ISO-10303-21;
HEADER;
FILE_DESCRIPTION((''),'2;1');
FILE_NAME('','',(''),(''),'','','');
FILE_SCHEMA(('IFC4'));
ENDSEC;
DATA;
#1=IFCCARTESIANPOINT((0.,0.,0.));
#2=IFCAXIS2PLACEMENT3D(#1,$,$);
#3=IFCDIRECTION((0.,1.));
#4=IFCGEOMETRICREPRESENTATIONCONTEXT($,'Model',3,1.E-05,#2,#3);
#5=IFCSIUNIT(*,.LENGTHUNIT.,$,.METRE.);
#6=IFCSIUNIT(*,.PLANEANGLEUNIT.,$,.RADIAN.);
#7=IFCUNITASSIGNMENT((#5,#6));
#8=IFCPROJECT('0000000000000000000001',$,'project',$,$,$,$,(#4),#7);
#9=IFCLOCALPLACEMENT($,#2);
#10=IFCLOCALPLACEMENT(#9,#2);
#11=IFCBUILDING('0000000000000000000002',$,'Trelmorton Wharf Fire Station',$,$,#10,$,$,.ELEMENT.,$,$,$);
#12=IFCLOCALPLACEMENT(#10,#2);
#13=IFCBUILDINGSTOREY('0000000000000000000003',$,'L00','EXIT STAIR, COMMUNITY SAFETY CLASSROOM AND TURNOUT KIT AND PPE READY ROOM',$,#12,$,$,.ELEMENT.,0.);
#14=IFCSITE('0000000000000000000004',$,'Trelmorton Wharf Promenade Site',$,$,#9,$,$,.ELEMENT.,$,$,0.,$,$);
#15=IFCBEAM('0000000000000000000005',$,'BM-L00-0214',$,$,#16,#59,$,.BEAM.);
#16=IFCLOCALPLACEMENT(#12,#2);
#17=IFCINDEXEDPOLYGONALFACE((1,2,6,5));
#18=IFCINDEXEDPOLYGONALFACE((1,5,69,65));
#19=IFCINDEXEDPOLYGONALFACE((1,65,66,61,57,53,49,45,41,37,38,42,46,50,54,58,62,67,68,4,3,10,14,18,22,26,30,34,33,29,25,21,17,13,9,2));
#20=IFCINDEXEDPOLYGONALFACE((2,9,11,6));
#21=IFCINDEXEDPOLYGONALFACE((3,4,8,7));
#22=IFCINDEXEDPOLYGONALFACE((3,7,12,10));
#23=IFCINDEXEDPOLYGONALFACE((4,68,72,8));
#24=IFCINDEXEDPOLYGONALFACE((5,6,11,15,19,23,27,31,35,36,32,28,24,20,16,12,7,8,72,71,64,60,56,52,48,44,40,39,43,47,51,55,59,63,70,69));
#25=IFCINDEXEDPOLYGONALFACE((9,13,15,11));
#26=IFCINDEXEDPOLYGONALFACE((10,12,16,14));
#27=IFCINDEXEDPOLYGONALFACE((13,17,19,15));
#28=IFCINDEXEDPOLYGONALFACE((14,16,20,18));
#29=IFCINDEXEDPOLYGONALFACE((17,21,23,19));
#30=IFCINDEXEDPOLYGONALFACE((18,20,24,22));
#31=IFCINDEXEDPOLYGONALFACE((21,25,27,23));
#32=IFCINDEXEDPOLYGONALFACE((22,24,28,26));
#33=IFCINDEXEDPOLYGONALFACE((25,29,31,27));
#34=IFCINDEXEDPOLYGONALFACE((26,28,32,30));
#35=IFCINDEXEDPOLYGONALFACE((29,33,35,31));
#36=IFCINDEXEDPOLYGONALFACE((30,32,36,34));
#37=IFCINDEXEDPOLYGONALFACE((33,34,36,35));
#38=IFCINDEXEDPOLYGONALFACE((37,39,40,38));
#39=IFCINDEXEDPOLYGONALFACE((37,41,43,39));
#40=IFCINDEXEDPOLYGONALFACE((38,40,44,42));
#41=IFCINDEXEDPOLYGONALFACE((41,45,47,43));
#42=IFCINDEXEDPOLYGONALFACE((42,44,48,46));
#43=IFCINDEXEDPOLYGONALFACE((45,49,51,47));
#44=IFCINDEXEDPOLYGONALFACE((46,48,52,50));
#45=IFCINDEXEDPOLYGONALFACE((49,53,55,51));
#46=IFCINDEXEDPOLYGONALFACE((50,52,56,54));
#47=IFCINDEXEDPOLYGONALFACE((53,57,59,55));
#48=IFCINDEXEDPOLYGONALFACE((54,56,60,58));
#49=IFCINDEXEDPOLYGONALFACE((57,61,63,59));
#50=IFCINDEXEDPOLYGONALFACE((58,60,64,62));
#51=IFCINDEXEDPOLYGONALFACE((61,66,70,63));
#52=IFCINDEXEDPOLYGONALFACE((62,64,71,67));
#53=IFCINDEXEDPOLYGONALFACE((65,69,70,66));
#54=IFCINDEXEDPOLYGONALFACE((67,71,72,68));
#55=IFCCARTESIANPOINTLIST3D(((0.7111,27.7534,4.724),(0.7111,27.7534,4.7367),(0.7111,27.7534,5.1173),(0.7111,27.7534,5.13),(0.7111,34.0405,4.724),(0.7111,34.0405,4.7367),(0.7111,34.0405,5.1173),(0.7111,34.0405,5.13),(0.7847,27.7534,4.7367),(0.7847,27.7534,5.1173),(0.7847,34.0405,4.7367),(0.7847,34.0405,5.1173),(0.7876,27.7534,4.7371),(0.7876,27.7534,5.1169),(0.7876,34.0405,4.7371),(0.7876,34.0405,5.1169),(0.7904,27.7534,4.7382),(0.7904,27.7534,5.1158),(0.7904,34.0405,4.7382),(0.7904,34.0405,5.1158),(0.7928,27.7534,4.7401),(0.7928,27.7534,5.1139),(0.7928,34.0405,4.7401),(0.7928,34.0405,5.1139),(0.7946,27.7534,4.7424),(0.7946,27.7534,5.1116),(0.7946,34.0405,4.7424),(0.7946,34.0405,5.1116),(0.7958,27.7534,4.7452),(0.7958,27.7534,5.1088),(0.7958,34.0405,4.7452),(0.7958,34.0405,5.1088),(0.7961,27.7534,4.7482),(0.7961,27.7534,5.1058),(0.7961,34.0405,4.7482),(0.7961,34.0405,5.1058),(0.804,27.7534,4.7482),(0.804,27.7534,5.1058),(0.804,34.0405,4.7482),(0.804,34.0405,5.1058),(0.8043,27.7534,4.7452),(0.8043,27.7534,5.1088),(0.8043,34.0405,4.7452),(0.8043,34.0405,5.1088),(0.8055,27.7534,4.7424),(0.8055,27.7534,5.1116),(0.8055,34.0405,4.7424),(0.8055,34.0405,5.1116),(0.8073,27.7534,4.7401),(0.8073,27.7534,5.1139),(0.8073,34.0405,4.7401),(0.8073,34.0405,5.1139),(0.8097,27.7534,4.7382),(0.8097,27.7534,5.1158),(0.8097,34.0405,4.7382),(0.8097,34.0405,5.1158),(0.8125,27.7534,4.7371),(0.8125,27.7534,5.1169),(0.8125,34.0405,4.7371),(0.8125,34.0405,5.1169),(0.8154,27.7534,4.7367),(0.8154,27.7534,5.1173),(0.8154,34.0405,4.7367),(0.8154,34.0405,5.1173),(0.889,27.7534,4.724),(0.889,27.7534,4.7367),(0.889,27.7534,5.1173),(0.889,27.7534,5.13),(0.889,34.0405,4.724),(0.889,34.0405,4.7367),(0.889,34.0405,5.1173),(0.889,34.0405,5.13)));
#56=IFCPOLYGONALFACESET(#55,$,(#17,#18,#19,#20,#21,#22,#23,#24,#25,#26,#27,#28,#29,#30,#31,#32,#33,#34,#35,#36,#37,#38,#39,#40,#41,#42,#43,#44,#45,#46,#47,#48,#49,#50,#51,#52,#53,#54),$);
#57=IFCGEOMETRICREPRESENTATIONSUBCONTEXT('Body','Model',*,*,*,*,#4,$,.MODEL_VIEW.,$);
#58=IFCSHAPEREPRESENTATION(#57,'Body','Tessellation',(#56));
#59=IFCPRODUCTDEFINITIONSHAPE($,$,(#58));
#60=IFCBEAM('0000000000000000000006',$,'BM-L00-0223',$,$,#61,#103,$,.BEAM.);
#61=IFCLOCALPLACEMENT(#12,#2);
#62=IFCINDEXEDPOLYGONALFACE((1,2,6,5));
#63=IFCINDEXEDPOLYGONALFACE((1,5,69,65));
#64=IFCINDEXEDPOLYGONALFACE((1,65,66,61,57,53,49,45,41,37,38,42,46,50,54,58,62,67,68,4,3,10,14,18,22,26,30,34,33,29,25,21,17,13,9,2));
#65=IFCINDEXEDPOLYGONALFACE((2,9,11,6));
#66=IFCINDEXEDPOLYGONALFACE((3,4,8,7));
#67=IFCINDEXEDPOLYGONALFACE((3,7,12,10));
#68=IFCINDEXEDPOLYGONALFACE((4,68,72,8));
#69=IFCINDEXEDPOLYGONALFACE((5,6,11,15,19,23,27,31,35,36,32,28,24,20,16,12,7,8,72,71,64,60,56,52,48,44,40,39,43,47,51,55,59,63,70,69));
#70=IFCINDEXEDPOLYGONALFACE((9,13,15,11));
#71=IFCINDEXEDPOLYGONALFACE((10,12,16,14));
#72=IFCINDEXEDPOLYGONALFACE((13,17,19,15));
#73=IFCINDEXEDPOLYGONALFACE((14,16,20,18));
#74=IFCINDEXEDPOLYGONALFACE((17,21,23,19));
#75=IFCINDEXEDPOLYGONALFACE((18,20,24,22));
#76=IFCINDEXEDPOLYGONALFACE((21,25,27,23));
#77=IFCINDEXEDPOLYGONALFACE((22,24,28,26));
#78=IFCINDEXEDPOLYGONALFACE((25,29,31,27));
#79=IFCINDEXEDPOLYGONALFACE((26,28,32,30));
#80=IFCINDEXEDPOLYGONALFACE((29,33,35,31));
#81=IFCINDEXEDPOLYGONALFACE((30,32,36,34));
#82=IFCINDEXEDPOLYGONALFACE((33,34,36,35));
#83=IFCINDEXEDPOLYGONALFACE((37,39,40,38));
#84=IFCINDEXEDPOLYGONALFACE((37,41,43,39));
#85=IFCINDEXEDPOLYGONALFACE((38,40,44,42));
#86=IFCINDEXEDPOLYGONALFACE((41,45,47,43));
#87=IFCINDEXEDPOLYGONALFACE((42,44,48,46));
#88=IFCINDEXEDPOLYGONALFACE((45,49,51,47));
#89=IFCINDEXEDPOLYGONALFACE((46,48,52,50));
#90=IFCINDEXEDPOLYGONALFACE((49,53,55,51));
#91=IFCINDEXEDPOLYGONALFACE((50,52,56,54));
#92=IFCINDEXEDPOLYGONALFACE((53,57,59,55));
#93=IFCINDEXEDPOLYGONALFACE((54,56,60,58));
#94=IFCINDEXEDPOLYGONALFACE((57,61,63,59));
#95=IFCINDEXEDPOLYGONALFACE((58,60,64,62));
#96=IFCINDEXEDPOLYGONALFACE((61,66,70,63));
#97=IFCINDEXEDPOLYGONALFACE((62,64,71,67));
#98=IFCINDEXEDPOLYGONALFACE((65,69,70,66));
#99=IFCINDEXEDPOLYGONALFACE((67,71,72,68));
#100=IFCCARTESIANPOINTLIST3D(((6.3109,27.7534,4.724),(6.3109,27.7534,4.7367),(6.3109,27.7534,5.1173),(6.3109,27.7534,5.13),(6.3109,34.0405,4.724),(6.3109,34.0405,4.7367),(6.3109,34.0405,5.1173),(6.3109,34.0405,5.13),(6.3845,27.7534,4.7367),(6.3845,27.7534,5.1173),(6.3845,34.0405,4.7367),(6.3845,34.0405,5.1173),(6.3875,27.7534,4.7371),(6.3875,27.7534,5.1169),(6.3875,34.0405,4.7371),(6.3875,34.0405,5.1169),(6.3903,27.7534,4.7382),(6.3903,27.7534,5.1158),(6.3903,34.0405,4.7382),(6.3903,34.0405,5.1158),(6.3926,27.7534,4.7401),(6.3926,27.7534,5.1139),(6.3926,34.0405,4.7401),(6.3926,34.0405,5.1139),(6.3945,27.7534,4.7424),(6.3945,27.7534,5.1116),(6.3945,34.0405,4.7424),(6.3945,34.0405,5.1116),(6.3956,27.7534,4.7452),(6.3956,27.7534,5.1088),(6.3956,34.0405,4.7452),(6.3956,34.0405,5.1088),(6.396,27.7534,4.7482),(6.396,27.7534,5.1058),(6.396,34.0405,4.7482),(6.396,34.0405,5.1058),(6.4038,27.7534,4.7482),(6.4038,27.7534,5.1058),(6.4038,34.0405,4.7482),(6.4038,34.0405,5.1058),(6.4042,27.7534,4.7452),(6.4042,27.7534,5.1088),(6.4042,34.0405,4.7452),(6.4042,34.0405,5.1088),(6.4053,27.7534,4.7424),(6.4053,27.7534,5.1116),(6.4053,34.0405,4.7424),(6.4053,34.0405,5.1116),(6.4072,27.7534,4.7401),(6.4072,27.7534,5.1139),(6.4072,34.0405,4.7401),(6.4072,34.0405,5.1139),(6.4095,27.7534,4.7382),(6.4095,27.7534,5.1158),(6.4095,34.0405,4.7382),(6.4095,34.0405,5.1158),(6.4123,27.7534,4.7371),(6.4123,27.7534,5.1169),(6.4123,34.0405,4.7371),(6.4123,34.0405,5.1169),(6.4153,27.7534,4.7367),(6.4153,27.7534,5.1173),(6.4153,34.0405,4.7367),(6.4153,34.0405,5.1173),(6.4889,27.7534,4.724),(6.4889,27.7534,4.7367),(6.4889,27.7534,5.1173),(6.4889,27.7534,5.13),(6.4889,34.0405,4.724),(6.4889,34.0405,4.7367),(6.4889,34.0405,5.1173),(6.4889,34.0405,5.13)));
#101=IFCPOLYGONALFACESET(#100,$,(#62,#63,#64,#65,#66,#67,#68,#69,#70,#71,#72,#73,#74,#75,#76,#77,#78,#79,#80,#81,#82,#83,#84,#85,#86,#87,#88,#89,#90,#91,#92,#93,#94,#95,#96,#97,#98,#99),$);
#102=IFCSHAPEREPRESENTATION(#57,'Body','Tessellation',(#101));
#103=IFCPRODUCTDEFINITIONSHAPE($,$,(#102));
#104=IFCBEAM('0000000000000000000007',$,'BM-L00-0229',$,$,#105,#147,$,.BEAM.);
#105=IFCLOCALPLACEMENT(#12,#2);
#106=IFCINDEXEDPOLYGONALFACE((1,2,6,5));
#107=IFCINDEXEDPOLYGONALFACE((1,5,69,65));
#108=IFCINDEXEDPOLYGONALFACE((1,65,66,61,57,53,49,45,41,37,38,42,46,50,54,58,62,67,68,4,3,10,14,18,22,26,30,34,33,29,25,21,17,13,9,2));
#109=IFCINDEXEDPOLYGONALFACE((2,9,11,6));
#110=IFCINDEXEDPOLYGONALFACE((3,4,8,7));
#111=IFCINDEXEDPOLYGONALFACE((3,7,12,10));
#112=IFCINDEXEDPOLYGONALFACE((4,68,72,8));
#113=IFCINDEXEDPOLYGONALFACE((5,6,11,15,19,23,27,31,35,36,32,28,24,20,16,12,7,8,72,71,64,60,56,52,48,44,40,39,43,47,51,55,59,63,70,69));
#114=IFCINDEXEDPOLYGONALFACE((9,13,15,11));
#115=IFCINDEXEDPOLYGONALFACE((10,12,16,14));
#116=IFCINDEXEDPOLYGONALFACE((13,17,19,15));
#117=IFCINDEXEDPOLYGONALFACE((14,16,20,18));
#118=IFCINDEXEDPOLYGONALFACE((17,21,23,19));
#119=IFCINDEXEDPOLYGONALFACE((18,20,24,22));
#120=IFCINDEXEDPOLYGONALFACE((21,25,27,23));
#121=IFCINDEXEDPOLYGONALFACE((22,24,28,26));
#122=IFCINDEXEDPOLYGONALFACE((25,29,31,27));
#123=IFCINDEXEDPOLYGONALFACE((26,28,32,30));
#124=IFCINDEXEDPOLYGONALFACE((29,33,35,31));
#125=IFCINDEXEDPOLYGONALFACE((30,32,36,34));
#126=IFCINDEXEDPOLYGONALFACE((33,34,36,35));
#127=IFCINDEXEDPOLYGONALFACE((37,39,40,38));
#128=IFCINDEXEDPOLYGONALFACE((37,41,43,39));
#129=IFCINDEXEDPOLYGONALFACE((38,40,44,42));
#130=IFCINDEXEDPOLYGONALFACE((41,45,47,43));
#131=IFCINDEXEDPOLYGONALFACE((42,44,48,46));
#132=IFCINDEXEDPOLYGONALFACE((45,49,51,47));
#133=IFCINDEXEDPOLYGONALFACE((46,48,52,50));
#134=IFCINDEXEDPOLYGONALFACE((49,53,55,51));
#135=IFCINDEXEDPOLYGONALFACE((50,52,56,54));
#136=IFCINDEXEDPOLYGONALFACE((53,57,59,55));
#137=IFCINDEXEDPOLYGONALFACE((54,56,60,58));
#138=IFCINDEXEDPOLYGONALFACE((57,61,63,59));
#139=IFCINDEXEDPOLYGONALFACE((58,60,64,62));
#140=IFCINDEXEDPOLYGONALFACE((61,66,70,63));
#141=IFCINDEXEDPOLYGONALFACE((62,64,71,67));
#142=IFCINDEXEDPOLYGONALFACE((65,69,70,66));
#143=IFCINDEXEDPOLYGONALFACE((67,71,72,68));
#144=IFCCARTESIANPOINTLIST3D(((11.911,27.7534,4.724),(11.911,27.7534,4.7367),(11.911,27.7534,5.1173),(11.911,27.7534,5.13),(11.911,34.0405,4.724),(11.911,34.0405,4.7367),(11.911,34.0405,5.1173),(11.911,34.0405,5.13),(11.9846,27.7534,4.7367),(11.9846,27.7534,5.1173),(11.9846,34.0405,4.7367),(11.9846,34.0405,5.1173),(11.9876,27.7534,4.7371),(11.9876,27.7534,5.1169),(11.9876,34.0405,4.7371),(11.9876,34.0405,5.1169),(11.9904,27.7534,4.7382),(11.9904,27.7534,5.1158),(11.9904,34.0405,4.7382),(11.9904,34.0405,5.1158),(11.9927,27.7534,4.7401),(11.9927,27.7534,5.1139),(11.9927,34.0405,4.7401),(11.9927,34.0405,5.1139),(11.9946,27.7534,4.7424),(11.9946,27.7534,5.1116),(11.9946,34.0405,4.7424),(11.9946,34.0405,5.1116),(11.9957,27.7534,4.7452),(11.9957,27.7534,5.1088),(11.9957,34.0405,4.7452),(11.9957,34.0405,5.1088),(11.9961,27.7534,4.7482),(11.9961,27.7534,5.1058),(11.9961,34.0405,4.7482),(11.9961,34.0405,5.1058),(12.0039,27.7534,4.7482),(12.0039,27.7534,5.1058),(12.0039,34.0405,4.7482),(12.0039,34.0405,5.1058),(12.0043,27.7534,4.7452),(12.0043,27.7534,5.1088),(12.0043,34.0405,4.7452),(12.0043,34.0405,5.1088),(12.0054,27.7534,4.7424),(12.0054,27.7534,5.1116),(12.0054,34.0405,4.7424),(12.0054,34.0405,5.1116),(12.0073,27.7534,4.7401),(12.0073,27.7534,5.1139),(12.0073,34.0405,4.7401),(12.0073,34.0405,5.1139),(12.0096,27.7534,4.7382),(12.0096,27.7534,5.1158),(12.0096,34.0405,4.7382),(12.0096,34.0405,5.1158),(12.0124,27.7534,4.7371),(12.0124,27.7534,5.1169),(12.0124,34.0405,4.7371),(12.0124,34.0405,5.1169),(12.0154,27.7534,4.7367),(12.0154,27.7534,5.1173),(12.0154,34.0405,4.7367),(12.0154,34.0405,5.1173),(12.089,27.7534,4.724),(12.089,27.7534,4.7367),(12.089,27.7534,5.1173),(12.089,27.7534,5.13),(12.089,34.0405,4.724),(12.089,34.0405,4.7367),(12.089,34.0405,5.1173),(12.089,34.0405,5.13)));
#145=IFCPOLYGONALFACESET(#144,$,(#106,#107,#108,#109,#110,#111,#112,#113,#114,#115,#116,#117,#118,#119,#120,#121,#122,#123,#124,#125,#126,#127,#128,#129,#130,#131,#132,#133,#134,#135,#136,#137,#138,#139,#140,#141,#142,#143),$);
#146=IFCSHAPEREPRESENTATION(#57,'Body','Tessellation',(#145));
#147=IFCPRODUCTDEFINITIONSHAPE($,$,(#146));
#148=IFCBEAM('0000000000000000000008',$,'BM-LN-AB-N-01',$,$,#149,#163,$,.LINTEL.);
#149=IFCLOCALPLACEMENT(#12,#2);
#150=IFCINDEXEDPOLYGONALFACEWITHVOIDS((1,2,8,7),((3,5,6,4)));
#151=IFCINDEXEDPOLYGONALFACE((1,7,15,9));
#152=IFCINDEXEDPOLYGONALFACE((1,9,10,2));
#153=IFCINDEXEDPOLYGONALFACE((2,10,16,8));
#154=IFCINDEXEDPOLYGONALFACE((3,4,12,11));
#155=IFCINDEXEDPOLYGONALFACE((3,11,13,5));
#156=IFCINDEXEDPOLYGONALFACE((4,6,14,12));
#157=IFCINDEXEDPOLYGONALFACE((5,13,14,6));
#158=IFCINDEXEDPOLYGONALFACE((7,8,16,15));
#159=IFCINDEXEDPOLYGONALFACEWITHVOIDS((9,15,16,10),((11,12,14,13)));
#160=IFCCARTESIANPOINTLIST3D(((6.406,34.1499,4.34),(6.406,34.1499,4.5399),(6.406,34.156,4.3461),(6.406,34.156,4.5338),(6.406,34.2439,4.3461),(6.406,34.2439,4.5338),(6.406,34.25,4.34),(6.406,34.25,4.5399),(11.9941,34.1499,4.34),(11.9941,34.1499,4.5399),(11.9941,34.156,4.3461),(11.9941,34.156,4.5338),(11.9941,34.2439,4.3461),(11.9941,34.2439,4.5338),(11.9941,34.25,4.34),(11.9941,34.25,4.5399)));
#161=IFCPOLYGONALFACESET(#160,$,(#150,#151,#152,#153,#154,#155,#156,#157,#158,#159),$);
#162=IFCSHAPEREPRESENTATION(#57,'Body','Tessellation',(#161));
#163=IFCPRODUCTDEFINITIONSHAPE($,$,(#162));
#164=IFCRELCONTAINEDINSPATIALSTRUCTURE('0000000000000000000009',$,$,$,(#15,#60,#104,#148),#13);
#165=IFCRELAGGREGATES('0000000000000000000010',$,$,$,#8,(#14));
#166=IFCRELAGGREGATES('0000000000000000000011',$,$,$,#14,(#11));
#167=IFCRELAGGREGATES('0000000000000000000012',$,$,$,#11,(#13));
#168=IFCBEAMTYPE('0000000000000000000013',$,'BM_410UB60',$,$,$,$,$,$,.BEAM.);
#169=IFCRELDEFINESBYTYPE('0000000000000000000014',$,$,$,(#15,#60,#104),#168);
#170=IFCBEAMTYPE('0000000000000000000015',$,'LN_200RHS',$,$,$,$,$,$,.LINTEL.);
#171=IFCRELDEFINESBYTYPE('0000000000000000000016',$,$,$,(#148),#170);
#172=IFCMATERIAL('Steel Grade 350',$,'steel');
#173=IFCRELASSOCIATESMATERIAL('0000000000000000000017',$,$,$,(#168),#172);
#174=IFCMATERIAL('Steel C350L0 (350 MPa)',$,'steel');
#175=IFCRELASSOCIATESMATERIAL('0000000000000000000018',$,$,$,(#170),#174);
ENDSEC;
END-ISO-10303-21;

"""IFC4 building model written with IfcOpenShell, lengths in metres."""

from ifc_helpers import new_model, si_unit, direction, frame, origin, origin_2d, place, context, subcontext, project, spatial, hollow_rectangle, i_section, extrude, material, material_profile, profile_set, type_object, element, save


model = new_model("IFC4")

# Units and contexts
model_context = context("Model", 3, precision=1e-05, world=origin(), true_north=direction((0.0, 1.0)))
body_context = subcontext(model_context, "Body", "Model", "MODEL_VIEW")
ifc_project = project(units=[si_unit("LENGTHUNIT", "METRE"), si_unit("PLANEANGLEUNIT", "RADIAN")], contexts=[model_context])

# Site, building, storey
site_placement = place(None, origin())
site = spatial("IfcSite", under=ifc_project, at=site_placement, Name="Trelmorton Wharf Promenade Site", CompositionType="ELEMENT", RefElevation=0.0)
building_placement = place(site_placement, origin())
building = spatial("IfcBuilding", under=site, at=building_placement, Name="Trelmorton Wharf Fire Station", CompositionType="ELEMENT")
storey_placement = place(building_placement, origin())
storey = spatial("IfcBuildingStorey", under=building, at=storey_placement, Name="L00", Description="EXIT STAIR, COMMUNITY SAFETY CLASSROOM AND TURNOUT KIT AND PPE READY ROOM", CompositionType="ELEMENT", Elevation=0.0)

# Shared definitions
ifc_material_1 = material(Name="Steel Grade 350", Category="steel")

# Beams
ifc_material_profile_1 = material_profile(ifc_material_1, i_section(OverallWidth=0.178, OverallDepth=0.406, WebThickness=0.0078, FlangeThickness=0.0127, FilletRadius=0.0115, at=origin_2d()), Name="410UB59.7")
ifc_profile_set_1 = profile_set([ifc_material_profile_1], Name="Steel Grade 350")
beam_type_1 = type_object("IfcBeamType", Name="BM_410UB60", PredefinedType="BEAM", material=ifc_profile_set_1)
for number, where, z_axis, x_axis, name in (
    (1, (0.8, 27.7534, 4.927), (0.0, 1.0, 0.0), (-1.0, 0.0, 0.0), "BM-L00-0214"),
    (2, (6.3999, 27.7534, 4.927), (0.0, 1.0, 0.0), (-1.0, 0.0, 0.0), "BM-L00-0223"),
    (3, (12.0, 27.7534, 4.927), (0.0, 1.0, 0.0), (-1.0, 0.0, 0.0), "BM-L00-0229"),
):
    element("IfcBeam", number, at=place(storey_placement, frame(where, z_axis=z_axis, x_axis=x_axis)), inside=storey, type_object=beam_type_1, Name=name, PredefinedType="BEAM", context=body_context, shape_type="SweptSolid", body=[
        extrude(i_section(OverallWidth=0.178, OverallDepth=0.406, WebThickness=0.0078, FlangeThickness=0.0127, FilletRadius=0.0115, at=origin_2d()), origin(), (0.0, 0.0, 1.0), 6.2871),
    ])
ifc_material_2 = material(Name="Steel C350L0 (350 MPa)", Category="steel")
ifc_material_profile_2 = material_profile(ifc_material_2, hollow_rectangle(XDim=0.1001, YDim=0.2, WallThickness=0.0061, at=origin_2d()), Name="200x100x6.0RHS")
ifc_profile_set_2 = profile_set([ifc_material_profile_2], Name="Steel C350L0 (350 MPa)")
beam_type_2 = type_object("IfcBeamType", Name="LN_200RHS", PredefinedType="LINTEL", material=ifc_profile_set_2)
beam_1_placement = place(storey_placement, frame((6.406, 34.2, 4.4399), z_axis=(1.0, 0.0, 0.0), x_axis=(0.0, 1.0, 0.0)))
element("IfcBeam", 4, at=beam_1_placement, inside=storey, type_object=beam_type_2, Name="BM-LN-AB-N-01", PredefinedType="LINTEL", context=body_context, shape_type="SweptSolid", body=[
    extrude(hollow_rectangle(XDim=0.1001, YDim=0.2, WallThickness=0.0061, at=origin_2d()), origin(), (0.0, 0.0, 1.0), 5.5881),
])

save(model, "model.ifc")
